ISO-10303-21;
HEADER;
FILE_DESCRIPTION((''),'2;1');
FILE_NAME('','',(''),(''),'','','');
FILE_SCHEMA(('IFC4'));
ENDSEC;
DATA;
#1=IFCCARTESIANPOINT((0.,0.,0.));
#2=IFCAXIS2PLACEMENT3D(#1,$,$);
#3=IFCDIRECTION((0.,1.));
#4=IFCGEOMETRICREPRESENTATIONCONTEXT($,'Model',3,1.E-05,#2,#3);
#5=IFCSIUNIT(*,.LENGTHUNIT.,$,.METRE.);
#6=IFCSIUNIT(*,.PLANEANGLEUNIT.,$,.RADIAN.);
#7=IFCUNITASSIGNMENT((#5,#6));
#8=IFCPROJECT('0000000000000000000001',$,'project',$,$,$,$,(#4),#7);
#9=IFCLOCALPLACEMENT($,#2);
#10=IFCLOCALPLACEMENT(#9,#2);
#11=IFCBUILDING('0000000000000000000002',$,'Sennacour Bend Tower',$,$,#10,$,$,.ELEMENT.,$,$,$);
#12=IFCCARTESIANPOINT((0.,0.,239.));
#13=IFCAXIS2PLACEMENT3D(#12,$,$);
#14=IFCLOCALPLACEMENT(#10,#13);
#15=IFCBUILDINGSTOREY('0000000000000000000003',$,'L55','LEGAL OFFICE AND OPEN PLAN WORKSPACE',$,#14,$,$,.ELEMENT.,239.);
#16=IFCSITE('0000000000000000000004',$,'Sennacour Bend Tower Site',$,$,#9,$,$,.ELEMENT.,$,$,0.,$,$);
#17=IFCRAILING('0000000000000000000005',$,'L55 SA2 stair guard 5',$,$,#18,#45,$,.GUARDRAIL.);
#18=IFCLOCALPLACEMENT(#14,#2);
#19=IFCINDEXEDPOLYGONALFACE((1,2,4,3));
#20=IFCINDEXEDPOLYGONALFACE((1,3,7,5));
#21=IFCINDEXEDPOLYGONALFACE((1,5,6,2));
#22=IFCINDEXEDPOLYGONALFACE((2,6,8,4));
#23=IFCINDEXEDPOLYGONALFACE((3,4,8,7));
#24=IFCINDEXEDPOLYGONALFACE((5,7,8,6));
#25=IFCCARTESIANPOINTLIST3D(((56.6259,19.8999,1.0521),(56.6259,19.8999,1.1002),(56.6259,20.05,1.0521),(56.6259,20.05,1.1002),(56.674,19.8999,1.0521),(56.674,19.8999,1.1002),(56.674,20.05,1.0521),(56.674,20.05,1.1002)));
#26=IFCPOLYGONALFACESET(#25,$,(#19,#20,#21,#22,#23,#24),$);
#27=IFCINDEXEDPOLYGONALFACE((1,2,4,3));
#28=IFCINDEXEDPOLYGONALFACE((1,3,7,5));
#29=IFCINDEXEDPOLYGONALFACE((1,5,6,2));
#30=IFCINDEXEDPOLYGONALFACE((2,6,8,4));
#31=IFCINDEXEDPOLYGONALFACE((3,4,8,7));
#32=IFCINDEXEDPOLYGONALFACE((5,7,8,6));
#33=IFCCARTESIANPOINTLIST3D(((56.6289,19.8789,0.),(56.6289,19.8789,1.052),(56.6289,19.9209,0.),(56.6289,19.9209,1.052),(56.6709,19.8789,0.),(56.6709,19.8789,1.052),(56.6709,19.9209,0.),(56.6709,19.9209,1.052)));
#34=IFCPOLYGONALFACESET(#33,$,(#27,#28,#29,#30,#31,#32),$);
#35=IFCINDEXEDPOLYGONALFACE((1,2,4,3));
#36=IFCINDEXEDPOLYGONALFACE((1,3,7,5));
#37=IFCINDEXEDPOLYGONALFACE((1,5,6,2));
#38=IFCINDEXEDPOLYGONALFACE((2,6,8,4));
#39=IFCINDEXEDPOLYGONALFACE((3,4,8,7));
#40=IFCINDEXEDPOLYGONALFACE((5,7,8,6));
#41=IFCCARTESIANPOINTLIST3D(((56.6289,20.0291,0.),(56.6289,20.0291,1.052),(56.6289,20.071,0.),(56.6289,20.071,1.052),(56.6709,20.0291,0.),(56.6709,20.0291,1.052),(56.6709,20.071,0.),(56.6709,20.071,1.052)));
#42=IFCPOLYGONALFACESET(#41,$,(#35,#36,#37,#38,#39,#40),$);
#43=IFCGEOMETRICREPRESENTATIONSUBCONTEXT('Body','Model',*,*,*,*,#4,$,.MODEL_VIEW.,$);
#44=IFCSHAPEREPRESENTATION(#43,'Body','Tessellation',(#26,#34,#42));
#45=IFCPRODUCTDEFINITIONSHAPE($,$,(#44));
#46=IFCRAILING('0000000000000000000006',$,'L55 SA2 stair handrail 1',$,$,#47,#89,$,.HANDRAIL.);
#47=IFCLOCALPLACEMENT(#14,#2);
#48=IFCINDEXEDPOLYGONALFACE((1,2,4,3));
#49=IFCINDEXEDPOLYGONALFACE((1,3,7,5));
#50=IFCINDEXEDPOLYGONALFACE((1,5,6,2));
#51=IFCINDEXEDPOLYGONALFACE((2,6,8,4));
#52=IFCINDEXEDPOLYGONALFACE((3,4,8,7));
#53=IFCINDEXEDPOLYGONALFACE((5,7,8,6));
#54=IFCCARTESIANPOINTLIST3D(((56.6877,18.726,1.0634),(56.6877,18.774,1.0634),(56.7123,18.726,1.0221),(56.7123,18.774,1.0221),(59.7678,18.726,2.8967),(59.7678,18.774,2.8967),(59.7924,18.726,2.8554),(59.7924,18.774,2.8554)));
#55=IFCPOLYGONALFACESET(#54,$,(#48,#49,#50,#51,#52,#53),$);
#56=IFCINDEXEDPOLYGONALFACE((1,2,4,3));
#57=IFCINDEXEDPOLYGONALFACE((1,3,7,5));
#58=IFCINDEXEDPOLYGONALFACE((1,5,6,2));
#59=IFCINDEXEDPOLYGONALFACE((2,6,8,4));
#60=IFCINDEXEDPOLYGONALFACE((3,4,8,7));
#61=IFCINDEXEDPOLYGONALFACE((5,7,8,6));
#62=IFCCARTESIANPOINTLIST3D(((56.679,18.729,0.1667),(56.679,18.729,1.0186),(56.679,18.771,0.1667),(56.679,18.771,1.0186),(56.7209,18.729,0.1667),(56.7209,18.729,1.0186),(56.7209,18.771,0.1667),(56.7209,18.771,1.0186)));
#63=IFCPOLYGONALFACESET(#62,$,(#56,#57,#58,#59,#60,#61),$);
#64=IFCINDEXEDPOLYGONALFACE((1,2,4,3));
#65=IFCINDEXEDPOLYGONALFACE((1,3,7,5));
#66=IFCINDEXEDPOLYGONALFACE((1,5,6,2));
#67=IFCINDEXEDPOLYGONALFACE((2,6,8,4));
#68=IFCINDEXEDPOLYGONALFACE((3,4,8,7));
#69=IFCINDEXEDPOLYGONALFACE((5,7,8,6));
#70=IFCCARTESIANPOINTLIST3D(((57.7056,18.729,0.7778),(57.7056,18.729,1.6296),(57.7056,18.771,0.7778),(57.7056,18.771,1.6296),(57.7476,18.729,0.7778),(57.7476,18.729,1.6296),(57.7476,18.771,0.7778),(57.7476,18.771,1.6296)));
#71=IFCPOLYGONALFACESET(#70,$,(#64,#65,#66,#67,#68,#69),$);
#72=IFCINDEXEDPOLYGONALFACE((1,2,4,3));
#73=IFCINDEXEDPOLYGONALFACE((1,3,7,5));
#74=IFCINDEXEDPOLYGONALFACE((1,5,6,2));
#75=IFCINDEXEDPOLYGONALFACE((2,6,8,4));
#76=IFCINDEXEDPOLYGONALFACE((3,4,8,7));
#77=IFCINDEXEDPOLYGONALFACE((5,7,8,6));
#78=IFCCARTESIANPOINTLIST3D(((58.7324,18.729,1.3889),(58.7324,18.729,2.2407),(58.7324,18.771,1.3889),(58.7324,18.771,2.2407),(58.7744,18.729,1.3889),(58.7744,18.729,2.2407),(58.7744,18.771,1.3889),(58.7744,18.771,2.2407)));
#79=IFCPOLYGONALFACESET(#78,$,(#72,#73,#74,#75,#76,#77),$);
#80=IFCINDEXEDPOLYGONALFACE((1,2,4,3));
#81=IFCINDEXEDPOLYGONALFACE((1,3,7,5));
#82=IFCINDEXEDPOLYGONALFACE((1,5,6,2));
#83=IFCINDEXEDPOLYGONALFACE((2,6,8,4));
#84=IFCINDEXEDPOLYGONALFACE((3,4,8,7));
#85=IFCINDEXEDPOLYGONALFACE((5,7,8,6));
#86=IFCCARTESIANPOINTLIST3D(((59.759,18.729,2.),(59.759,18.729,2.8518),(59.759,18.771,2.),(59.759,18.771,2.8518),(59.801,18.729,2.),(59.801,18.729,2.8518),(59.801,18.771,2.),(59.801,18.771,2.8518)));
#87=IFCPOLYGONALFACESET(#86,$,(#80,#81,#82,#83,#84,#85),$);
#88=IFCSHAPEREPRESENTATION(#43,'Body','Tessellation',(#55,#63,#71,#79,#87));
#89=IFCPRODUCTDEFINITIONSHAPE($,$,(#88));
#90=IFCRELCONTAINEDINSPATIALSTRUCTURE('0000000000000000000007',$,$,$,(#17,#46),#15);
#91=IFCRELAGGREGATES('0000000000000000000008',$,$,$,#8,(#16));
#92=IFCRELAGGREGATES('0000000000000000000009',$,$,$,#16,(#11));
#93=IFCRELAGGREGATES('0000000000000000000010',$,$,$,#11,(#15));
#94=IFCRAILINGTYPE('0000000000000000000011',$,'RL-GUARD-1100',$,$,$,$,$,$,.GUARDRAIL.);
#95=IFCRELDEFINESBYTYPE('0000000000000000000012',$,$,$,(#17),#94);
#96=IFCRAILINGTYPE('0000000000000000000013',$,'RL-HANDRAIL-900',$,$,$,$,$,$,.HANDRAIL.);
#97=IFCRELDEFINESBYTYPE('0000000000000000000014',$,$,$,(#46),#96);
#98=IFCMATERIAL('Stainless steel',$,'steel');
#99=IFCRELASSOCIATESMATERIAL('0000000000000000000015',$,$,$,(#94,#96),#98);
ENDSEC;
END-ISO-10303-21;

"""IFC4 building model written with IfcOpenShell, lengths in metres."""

from ifc_helpers import new_model, si_unit, direction, frame, origin, origin_2d, place, context, subcontext, project, spatial, rectangle, extrude, material, type_object, element, save


model = new_model("IFC4")

# Units and contexts
model_context = context("Model", 3, precision=1e-05, world=origin(), true_north=direction((0.0, 1.0)))
body_context = subcontext(model_context, "Body", "Model", "MODEL_VIEW")
ifc_project = project(units=[si_unit("LENGTHUNIT", "METRE"), si_unit("PLANEANGLEUNIT", "RADIAN")], contexts=[model_context])

# Site, building, storey
site_placement = place(None, origin())
site = spatial("IfcSite", under=ifc_project, at=site_placement, Name="Sennacour Bend Tower Site", CompositionType="ELEMENT", RefElevation=0.0)
building_placement = place(site_placement, origin())
building = spatial("IfcBuilding", under=site, at=building_placement, Name="Sennacour Bend Tower", CompositionType="ELEMENT")
storey_placement = place(building_placement, frame((0.0, 0.0, 239.0)))
storey = spatial("IfcBuildingStorey", under=building, at=storey_placement, Name="L55", Description="LEGAL OFFICE AND OPEN PLAN WORKSPACE", CompositionType="ELEMENT", Elevation=239.0)

# Shared definitions
ifc_material_1 = material(Name="Stainless steel", Category="steel")

# Railings
railing_type_1 = type_object("IfcRailingType", Name="RL-GUARD-1100", PredefinedType="GUARDRAIL", material=ifc_material_1)
railing_1_placement = place(storey_placement, frame((56.6499, 19.8999, 0.0)))
element("IfcRailing", 1, at=railing_1_placement, inside=storey, type_object=railing_type_1, Name="L55 SA2 stair guard 5", PredefinedType="GUARDRAIL", context=body_context, shape_type="SweptSolid", body=[
    extrude(rectangle(XDim=0.0481, YDim=0.0481, at=origin_2d()), frame((0.0, 0.0, 1.0762), z_axis=(0.0, 1.0, 0.0), x_axis=(-1.0, 0.0, 0.0)), (0.0, 0.0, 1.0), 0.1501),
    extrude(rectangle(XDim=0.042, YDim=0.042, at=origin_2d()), origin(), (0.0, 0.0, 1.0), 1.052),
    extrude(rectangle(XDim=0.042, YDim=0.042, at=origin_2d()), frame((0.0, 0.1501, 0.0)), (0.0, 0.0, 1.0), 1.052),
])
railing_type_2 = type_object("IfcRailingType", Name="RL-HANDRAIL-900", PredefinedType="HANDRAIL", material=ifc_material_1)
railing_2_placement = place(storey_placement, frame((56.7, 18.75, 0.1667)))
element("IfcRailing", 2, at=railing_2_placement, inside=storey, type_object=railing_type_2, Name="L55 SA2 stair handrail 1", PredefinedType="HANDRAIL", context=body_context, shape_type="SweptSolid", body=[
    extrude(rectangle(XDim=0.0481, YDim=0.0481, at=origin_2d()), frame((0.0, 0.0, 0.876), z_axis=(0.859309, 0.0, 0.511458), x_axis=(0.0, 1.0, 0.0)), (0.0, 0.0, 1.0), 3.5845),
    extrude(rectangle(XDim=0.042, YDim=0.042, at=origin_2d()), origin(), (0.0, 0.0, 1.0), 0.8518),
    extrude(rectangle(XDim=0.042, YDim=0.042, at=origin_2d()), frame((1.0266, 0.0, 0.6111)), (0.0, 0.0, 1.0), 0.8518),
    extrude(rectangle(XDim=0.042, YDim=0.042, at=origin_2d()), frame((2.0535, 0.0, 1.2222)), (0.0, 0.0, 1.0), 0.8518),
    extrude(rectangle(XDim=0.042, YDim=0.042, at=origin_2d()), frame((3.0801, 0.0, 1.8333)), (0.0, 0.0, 1.0), 0.8518),
])

save(model, "model.ifc")
